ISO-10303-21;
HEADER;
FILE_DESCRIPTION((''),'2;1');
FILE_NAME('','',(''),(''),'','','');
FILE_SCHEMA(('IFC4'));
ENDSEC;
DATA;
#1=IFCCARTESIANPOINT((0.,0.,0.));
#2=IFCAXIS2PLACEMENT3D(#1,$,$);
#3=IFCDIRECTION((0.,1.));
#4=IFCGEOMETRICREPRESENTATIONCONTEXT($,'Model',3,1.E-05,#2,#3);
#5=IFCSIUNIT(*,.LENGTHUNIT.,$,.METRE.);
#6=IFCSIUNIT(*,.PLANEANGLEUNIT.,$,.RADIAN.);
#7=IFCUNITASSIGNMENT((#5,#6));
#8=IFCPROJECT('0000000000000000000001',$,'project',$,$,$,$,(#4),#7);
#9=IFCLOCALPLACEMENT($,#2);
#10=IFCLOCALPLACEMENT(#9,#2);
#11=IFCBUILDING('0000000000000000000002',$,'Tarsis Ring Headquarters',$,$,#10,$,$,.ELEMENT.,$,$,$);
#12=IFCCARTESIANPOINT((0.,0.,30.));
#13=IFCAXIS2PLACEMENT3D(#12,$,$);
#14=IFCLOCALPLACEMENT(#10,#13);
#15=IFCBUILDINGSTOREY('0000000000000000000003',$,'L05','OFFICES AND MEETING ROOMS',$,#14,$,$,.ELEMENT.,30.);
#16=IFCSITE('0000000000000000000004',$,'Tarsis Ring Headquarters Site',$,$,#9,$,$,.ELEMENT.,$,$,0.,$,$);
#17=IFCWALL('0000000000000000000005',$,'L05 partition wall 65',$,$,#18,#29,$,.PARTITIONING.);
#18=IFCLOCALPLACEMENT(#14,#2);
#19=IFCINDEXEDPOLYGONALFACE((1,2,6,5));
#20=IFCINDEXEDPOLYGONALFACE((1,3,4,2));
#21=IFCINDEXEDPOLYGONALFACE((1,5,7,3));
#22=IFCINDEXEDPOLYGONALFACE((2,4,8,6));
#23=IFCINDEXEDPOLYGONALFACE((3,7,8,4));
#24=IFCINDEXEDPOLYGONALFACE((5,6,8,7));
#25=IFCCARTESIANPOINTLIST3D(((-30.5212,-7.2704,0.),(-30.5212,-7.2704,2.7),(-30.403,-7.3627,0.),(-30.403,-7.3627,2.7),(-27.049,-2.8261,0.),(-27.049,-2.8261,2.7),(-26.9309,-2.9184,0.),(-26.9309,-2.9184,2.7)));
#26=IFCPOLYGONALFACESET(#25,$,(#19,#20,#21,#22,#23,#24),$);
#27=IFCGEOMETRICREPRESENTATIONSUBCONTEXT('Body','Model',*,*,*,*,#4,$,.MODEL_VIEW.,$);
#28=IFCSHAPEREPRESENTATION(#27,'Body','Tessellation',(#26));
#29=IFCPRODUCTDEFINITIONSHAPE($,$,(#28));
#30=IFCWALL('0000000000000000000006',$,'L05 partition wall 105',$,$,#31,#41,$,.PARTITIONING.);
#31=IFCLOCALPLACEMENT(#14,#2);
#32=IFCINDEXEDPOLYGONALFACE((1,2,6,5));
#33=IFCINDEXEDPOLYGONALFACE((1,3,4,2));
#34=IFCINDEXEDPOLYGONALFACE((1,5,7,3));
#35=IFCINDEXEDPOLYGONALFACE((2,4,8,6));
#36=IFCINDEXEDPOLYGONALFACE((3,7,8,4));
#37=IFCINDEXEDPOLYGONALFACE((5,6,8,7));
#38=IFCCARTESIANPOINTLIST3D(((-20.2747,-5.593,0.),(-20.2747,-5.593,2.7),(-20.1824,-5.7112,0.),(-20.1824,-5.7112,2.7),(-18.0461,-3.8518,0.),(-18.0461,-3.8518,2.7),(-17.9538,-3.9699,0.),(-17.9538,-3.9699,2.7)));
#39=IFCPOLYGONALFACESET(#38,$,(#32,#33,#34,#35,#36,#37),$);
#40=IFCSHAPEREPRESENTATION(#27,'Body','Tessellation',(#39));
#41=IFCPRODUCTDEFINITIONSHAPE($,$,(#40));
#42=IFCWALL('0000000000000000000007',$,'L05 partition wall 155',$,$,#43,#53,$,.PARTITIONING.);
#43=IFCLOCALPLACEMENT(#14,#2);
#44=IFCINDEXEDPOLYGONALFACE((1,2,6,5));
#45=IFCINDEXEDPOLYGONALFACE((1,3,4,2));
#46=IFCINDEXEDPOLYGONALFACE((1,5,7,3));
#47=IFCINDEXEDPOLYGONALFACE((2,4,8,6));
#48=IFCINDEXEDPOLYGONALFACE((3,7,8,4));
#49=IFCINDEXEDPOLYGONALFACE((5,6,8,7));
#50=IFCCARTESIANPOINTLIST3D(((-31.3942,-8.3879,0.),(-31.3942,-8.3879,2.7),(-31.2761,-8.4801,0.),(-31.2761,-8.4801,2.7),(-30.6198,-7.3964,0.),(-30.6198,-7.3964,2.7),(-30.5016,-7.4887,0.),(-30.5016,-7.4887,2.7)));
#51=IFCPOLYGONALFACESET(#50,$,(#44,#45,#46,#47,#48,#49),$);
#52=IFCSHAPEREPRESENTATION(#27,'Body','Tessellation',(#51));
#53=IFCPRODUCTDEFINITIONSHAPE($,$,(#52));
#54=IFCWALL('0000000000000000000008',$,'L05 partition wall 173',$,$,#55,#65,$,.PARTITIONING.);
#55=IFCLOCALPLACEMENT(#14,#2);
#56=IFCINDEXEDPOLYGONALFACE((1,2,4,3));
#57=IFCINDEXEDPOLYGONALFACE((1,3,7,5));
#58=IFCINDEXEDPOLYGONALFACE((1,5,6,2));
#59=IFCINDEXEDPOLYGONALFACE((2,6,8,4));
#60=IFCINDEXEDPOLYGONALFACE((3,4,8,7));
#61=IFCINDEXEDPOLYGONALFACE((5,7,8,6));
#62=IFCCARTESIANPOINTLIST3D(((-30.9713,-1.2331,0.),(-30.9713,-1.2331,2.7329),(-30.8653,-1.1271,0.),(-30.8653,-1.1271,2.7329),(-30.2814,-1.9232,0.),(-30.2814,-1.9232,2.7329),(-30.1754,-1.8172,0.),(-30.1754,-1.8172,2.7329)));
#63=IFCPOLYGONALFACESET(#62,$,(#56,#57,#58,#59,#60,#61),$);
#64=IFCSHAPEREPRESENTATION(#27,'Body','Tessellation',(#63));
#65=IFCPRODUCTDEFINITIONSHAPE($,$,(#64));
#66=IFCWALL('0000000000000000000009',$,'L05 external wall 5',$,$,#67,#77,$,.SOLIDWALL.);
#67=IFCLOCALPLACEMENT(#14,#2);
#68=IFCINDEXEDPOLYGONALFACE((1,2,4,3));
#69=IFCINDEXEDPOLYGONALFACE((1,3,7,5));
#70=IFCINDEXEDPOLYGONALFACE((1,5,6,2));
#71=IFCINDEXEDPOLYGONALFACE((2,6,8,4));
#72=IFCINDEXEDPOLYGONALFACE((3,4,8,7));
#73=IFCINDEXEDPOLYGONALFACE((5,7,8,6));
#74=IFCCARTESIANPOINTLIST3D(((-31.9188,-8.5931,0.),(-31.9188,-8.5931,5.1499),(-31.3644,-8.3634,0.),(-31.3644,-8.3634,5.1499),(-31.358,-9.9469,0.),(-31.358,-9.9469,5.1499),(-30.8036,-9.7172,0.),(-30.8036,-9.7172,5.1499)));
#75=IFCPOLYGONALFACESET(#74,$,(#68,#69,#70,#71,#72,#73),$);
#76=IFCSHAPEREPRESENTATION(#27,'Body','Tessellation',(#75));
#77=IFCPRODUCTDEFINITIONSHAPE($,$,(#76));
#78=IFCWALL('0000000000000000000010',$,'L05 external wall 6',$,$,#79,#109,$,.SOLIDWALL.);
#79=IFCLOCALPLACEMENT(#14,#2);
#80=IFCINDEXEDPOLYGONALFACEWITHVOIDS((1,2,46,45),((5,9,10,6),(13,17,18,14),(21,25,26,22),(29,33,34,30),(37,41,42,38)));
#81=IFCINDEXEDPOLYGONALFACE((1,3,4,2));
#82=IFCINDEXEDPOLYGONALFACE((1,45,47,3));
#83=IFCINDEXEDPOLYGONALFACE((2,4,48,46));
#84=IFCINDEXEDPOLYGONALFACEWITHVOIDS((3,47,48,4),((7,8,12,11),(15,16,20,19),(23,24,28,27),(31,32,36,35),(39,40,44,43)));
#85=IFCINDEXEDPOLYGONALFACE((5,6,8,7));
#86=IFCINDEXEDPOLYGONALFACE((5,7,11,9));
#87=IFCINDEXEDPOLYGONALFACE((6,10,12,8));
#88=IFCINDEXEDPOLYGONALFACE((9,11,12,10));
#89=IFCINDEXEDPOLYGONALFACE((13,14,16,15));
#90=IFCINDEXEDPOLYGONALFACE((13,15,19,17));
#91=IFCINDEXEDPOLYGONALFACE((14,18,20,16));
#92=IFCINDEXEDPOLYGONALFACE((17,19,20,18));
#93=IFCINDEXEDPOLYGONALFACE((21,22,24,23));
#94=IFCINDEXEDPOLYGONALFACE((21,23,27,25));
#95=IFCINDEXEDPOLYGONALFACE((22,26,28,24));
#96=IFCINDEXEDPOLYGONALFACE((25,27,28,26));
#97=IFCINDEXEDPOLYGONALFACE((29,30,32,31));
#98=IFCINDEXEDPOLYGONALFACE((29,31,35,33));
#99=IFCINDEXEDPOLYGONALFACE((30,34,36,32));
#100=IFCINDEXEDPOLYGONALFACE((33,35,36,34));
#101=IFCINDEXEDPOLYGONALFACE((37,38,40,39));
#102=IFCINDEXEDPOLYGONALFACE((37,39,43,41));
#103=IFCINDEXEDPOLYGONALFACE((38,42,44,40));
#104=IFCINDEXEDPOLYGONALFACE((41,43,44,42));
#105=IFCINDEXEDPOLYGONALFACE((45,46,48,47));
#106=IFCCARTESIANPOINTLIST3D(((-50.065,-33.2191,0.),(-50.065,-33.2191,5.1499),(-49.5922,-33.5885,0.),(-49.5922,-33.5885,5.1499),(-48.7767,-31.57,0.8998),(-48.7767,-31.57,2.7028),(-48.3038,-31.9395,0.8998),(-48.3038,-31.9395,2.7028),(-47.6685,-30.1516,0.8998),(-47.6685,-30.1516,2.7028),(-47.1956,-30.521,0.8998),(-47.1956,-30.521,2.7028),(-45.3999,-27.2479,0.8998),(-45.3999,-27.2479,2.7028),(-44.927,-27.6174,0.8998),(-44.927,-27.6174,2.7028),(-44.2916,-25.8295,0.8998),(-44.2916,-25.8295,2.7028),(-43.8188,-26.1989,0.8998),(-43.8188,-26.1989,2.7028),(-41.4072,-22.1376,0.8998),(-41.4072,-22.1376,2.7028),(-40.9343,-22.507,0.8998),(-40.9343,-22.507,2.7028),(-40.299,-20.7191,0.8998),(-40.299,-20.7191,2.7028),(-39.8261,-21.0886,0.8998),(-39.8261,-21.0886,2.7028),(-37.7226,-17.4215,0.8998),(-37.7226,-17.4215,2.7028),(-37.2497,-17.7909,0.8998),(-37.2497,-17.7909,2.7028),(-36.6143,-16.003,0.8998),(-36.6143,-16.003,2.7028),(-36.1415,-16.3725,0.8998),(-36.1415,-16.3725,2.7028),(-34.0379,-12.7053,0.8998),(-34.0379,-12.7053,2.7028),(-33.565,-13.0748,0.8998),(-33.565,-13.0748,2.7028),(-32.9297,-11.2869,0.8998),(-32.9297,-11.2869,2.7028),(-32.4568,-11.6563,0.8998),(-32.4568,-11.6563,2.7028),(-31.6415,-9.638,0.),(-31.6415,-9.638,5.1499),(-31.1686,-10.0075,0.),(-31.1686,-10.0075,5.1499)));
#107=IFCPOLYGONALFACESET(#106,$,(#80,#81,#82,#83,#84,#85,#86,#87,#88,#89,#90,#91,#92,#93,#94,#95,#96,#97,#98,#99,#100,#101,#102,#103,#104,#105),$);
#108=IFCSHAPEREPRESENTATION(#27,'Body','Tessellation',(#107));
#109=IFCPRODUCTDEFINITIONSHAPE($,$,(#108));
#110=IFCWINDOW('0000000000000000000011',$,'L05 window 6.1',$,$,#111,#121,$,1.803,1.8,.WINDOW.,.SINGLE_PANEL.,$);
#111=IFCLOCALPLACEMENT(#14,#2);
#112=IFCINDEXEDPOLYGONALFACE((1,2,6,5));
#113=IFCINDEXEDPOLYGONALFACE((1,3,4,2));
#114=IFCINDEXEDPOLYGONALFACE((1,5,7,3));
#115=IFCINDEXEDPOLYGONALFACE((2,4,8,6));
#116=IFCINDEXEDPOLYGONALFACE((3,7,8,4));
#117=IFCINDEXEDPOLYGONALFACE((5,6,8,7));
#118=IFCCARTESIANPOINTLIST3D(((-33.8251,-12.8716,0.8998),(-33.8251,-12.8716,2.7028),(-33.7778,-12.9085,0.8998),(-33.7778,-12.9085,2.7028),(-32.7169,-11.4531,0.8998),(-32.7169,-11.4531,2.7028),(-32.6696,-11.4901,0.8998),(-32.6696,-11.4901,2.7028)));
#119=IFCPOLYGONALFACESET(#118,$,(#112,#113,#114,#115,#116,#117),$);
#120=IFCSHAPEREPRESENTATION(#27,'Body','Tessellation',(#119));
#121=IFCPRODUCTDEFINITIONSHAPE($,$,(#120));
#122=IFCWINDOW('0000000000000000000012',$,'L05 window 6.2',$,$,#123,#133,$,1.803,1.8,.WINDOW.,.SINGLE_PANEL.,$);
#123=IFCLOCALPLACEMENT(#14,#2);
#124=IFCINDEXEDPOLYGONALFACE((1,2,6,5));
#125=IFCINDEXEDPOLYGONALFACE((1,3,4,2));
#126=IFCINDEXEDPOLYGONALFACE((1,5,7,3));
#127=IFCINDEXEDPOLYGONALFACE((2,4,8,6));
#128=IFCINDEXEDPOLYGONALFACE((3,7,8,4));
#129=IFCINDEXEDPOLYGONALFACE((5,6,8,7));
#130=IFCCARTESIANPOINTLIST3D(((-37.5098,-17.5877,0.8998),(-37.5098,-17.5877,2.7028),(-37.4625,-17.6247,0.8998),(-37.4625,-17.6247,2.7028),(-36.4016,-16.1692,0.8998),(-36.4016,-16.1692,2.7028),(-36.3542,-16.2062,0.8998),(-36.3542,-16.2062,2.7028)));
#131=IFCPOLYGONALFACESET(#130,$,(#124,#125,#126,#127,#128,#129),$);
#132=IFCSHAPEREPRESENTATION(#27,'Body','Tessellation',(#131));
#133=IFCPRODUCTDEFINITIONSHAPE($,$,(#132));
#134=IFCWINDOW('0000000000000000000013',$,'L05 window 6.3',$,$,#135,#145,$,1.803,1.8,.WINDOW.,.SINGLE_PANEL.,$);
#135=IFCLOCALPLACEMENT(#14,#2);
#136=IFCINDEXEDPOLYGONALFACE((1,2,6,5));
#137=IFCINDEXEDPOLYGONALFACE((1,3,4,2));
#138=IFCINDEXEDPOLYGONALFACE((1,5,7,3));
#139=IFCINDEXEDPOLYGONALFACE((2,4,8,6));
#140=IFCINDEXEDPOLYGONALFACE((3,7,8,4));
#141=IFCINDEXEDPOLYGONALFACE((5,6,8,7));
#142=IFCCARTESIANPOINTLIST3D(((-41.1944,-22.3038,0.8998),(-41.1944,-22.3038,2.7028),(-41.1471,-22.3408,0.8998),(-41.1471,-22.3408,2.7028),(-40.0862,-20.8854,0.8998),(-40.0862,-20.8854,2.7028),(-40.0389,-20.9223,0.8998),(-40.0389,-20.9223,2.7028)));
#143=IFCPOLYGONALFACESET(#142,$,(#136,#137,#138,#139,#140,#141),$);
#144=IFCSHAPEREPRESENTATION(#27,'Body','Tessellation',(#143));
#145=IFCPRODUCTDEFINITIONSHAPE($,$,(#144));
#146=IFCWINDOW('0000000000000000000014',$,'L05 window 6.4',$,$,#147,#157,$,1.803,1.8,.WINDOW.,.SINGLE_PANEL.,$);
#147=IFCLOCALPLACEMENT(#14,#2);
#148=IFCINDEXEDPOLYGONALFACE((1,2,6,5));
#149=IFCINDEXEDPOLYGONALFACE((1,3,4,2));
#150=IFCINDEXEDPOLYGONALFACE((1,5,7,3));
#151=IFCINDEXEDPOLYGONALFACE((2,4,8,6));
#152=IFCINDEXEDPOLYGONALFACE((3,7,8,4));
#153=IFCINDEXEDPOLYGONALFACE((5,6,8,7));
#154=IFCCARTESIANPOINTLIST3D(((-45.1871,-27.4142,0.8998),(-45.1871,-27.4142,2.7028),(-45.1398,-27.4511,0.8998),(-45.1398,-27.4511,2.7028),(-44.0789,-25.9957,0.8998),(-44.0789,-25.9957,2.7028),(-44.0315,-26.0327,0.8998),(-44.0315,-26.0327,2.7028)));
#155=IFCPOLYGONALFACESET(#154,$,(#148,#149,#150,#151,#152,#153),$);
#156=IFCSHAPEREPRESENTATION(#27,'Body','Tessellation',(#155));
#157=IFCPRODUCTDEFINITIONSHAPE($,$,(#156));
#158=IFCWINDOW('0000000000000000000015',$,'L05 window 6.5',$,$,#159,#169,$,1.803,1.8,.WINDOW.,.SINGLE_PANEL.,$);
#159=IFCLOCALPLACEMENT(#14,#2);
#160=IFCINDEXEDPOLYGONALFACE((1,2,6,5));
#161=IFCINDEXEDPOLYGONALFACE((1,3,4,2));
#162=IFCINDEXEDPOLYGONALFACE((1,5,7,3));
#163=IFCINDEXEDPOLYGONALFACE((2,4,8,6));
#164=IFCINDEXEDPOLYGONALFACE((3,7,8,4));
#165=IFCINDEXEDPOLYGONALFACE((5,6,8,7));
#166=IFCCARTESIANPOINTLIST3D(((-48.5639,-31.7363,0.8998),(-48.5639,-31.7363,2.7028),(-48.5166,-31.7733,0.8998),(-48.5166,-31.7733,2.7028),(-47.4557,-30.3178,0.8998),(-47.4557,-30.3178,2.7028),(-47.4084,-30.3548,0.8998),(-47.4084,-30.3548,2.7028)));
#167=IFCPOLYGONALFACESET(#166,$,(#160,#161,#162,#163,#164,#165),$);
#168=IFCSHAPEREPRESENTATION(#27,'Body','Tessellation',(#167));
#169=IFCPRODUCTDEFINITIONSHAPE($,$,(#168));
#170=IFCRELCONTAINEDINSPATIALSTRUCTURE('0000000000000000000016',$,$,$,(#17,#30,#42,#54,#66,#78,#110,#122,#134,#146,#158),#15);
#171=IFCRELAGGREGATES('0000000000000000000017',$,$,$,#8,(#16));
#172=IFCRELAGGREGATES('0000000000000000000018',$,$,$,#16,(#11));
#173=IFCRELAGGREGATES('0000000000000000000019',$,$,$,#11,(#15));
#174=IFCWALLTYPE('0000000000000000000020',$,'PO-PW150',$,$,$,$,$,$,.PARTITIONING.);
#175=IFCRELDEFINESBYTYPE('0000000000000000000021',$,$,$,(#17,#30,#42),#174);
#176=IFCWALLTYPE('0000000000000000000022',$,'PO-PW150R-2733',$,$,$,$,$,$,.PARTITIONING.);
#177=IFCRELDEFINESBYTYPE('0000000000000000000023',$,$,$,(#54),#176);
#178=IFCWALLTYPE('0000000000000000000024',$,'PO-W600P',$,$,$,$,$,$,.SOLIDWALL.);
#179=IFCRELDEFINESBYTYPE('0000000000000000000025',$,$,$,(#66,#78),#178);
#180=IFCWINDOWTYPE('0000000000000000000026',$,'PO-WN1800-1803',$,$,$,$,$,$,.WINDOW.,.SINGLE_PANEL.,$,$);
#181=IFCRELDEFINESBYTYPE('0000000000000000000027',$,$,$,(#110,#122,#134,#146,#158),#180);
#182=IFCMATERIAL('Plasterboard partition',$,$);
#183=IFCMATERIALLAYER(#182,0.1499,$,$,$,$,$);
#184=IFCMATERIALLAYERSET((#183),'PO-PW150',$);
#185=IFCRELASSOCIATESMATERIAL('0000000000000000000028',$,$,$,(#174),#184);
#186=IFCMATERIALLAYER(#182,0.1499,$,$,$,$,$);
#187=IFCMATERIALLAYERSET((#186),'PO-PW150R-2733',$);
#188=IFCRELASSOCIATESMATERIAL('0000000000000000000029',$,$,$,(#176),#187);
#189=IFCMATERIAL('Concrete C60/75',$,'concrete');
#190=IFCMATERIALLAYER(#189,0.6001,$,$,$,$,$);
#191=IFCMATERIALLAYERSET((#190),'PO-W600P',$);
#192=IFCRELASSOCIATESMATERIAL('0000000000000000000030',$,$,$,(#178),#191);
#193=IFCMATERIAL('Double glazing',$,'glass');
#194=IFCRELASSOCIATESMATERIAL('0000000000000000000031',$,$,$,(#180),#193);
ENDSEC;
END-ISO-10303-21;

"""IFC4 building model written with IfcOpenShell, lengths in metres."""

from ifc_helpers import new_model, si_unit, direction, frame, frame_2d, origin, place, context, subcontext, project, spatial, rectangle, extrude, material, layer, layer_set, type_object, element, fill, save


model = new_model("IFC4")

# Units and contexts
model_context = context("Model", 3, precision=1e-05, world=origin(), true_north=direction((0.0, 1.0)))
body_context = subcontext(model_context, "Body", "Model", "MODEL_VIEW")
ifc_project = project(units=[si_unit("LENGTHUNIT", "METRE"), si_unit("PLANEANGLEUNIT", "RADIAN")], contexts=[model_context])

# Site, building, storey
site_placement = place(None, origin())
site = spatial("IfcSite", under=ifc_project, at=site_placement, Name="Tarsis Ring Headquarters Site", CompositionType="ELEMENT", RefElevation=0.0)
building_placement = place(site_placement, origin())
building = spatial("IfcBuilding", under=site, at=building_placement, Name="Tarsis Ring Headquarters", CompositionType="ELEMENT")
storey_placement = place(building_placement, frame((0.0, 0.0, 30.0)))
storey = spatial("IfcBuildingStorey", under=building, at=storey_placement, Name="L05", Description="OFFICES AND MEETING ROOMS", CompositionType="ELEMENT", Elevation=30.0)

# Walls
ifc_material_1 = material(Name="Plasterboard partition")
ifc_layer_1 = layer(ifc_material_1, 0.1499)
ifc_layer_set_1 = layer_set([ifc_layer_1], Name="PO-PW150")
wall_type_1 = type_object("IfcWallType", Name="PO-PW150", PredefinedType="PARTITIONING", material=ifc_layer_set_1)
wall_1_placement = place(storey_placement, frame((-26.99, -2.8723, 0.0), z_axis=(0.0, 0.0, 1.0), x_axis=(-0.615647, -0.788022, 0.0)))
element("IfcWall", 1, at=wall_1_placement, inside=storey, type_object=wall_type_1, Name="L05 partition wall 65", PredefinedType="PARTITIONING", context=body_context, shape_type="SweptSolid", body=[
    extrude(rectangle(XDim=5.6399, YDim=0.1499, at=frame_2d((2.8198, 0.0))), origin(), (0.0, 0.0, 1.0), 2.7),
])
wall_2_placement = place(storey_placement, frame((-20.2285, -5.6521, 0.0), z_axis=(0.0, 0.0, 1.0), x_axis=(0.787993, 0.615684, 0.0)))
element("IfcWall", 2, at=wall_2_placement, inside=storey, type_object=wall_type_1, Name="L05 partition wall 105", PredefinedType="PARTITIONING", context=body_context, shape_type="SweptSolid", body=[
    extrude(rectangle(XDim=2.8281, YDim=0.1499, at=frame_2d((1.4141, 0.0))), origin(), (0.0, 0.0, 1.0), 2.7),
])
wall_3_placement = place(storey_placement, frame((-30.5608, -7.4426, 0.0), z_axis=(0.0, 0.0, 1.0), x_axis=(-0.615565, -0.788086, 0.0)))
element("IfcWall", 3, at=wall_3_placement, inside=storey, type_object=wall_type_1, Name="L05 partition wall 155", PredefinedType="PARTITIONING", context=body_context, shape_type="SweptSolid", body=[
    extrude(rectangle(XDim=1.2581, YDim=0.1499, at=frame_2d((0.6289, 0.0))), origin(), (0.0, 0.0, 1.0), 2.7),
])
ifc_layer_2 = layer(ifc_material_1, 0.1499)
ifc_layer_set_2 = layer_set([ifc_layer_2], Name="PO-PW150R-2733")
wall_type_2 = type_object("IfcWallType", Name="PO-PW150R-2733", PredefinedType="PARTITIONING", material=ifc_layer_set_2)
wall_4_placement = place(storey_placement, frame((-30.2285, -1.8701, 0.0), z_axis=(0.0, 0.0, 1.0), x_axis=(-0.706982, 0.707232, 0.0)))
element("IfcWall", 4, at=wall_4_placement, inside=storey, type_object=wall_type_2, Name="L05 partition wall 173", PredefinedType="PARTITIONING", context=body_context, shape_type="SweptSolid", body=[
    extrude(rectangle(XDim=0.9758, YDim=0.1499, at=frame_2d((0.4878, 0.0))), origin(), (0.0, 0.0, 1.0), 2.7329),
])
ifc_material_2 = material(Name="Concrete C60/75", Category="concrete")
ifc_layer_3 = layer(ifc_material_2, 0.6001)
ifc_layer_set_3 = layer_set([ifc_layer_3], Name="PO-W600P")
wall_type_3 = type_object("IfcWallType", Name="PO-W600P", PredefinedType="SOLIDWALL", material=ifc_layer_set_3)
wall_5_placement = place(storey_placement, frame((-31.6416, -8.4783, 0.0), z_axis=(0.0, 0.0, 1.0), x_axis=(0.38271, -0.923869, 0.0)))
element("IfcWall", 5, at=wall_5_placement, inside=storey, type_object=wall_type_3, Name="L05 external wall 5", PredefinedType="SOLIDWALL", context=body_context, shape_type="SweptSolid", body=[
    extrude(rectangle(XDim=1.4653, YDim=0.6001, at=frame_2d((0.7327, 0.0))), origin(), (0.0, 0.0, 1.0), 5.1499),
])

# Wall, openings, windows
wall_6_placement = place(storey_placement, frame((-31.405, -9.8228, 0.0), z_axis=(0.0, 0.0, 1.0), x_axis=(-0.615662, -0.78801, 0.0)))
wall_6 = element("IfcWall", 6, at=wall_6_placement, inside=storey, type_object=wall_type_3, Name="L05 external wall 6", PredefinedType="SOLIDWALL", context=body_context, shape_type="SweptSolid", body=[
    extrude(rectangle(XDim=29.9248, YDim=0.6001, at=frame_2d((14.9624, 0.0))), origin(), (0.0, 0.0, 1.0), 5.1499),
])
opening_1_placement = place(wall_6_placement, frame((2.0925, 0.0, 0.8999)))
opening_1 = element("IfcOpeningElement", 7, at=opening_1_placement, cuts=wall_6, PredefinedType="OPENING", context=body_context, shape_type="SweptSolid", body=[
    extrude(rectangle(XDim=1.8, YDim=1.803, at=frame_2d((0.8999, 0.9014))), frame((0.0, 0.3101, 0.0), z_axis=(0.0, -1.0, 0.0), x_axis=(1.0, 0.0, 0.0)), (0.0, 0.0, 1.0), 0.6201),
])
opening_2_placement = place(wall_6_placement, frame((8.0774, 0.0, 0.8999)))
opening_2 = element("IfcOpeningElement", 8, at=opening_2_placement, cuts=wall_6, PredefinedType="OPENING", context=body_context, shape_type="SweptSolid", body=[
    extrude(rectangle(XDim=1.8, YDim=1.803, at=frame_2d((0.8999, 0.9014))), frame((0.0, 0.3101, 0.0), z_axis=(0.0, -1.0, 0.0), x_axis=(1.0, 0.0, 0.0)), (0.0, 0.0, 1.0), 0.6201),
])
opening_3_placement = place(wall_6_placement, frame((14.0623, 0.0, 0.8999)))
opening_3 = element("IfcOpeningElement", 9, at=opening_3_placement, cuts=wall_6, PredefinedType="OPENING", context=body_context, shape_type="SweptSolid", body=[
    extrude(rectangle(XDim=1.8, YDim=1.803, at=frame_2d((0.8999, 0.9014))), frame((0.0, 0.3101, 0.0), z_axis=(0.0, -1.0, 0.0), x_axis=(1.0, 0.0, 0.0)), (0.0, 0.0, 1.0), 0.6201),
])
opening_4_placement = place(wall_6_placement, frame((20.5474, 0.0, 0.8999)))
opening_4 = element("IfcOpeningElement", 10, at=opening_4_placement, cuts=wall_6, PredefinedType="OPENING", context=body_context, shape_type="SweptSolid", body=[
    extrude(rectangle(XDim=1.8, YDim=1.803, at=frame_2d((0.8999, 0.9014))), frame((0.0, 0.3101, 0.0), z_axis=(0.0, -1.0, 0.0), x_axis=(1.0, 0.0, 0.0)), (0.0, 0.0, 1.0), 0.6201),
])
opening_5_placement = place(wall_6_placement, frame((26.0322, 0.0, 0.8999)))
opening_5 = element("IfcOpeningElement", 11, at=opening_5_placement, cuts=wall_6, PredefinedType="OPENING", context=body_context, shape_type="SweptSolid", body=[
    extrude(rectangle(XDim=1.8, YDim=1.803, at=frame_2d((0.8999, 0.9014))), frame((0.0, 0.3101, 0.0), z_axis=(0.0, -1.0, 0.0), x_axis=(1.0, 0.0, 0.0)), (0.0, 0.0, 1.0), 0.6201),
])
ifc_material_3 = material(Name="Double glazing", Category="glass")
window_type = type_object("IfcWindowType", Name="PO-WN1800-1803", PartitioningType="SINGLE_PANEL", PredefinedType="WINDOW", material=ifc_material_3)
window_1_placement = place(opening_1_placement, origin())
window_1 = element("IfcWindow", 12, at=window_1_placement, inside=storey, type_object=window_type, Name="L05 window 6.1", OverallHeight=1.803, OverallWidth=1.8, PartitioningType="SINGLE_PANEL", PredefinedType="WINDOW", context=body_context, shape_type="SweptSolid", body=[
    extrude(rectangle(XDim=1.8, YDim=1.803, at=frame_2d((0.8999, 0.9014))), frame((0.0, 0.03, 0.0), z_axis=(0.0, -1.0, 0.0), x_axis=(1.0, 0.0, 0.0)), (0.0, 0.0, 1.0), 0.0601),
])
fill(opening_1, window_1)
window_2_placement = place(opening_2_placement, origin())
window_2 = element("IfcWindow", 13, at=window_2_placement, inside=storey, type_object=window_type, Name="L05 window 6.2", OverallHeight=1.803, OverallWidth=1.8, PartitioningType="SINGLE_PANEL", PredefinedType="WINDOW", context=body_context, shape_type="SweptSolid", body=[
    extrude(rectangle(XDim=1.8, YDim=1.803, at=frame_2d((0.8999, 0.9014))), frame((0.0, 0.03, 0.0), z_axis=(0.0, -1.0, 0.0), x_axis=(1.0, 0.0, 0.0)), (0.0, 0.0, 1.0), 0.0601),
])
fill(opening_2, window_2)
window_3_placement = place(opening_3_placement, origin())
window_3 = element("IfcWindow", 14, at=window_3_placement, inside=storey, type_object=window_type, Name="L05 window 6.3", OverallHeight=1.803, OverallWidth=1.8, PartitioningType="SINGLE_PANEL", PredefinedType="WINDOW", context=body_context, shape_type="SweptSolid", body=[
    extrude(rectangle(XDim=1.8, YDim=1.803, at=frame_2d((0.8999, 0.9014))), frame((0.0, 0.03, 0.0), z_axis=(0.0, -1.0, 0.0), x_axis=(1.0, 0.0, 0.0)), (0.0, 0.0, 1.0), 0.0601),
])
fill(opening_3, window_3)
window_4_placement = place(opening_4_placement, origin())
window_4 = element("IfcWindow", 15, at=window_4_placement, inside=storey, type_object=window_type, Name="L05 window 6.4", OverallHeight=1.803, OverallWidth=1.8, PartitioningType="SINGLE_PANEL", PredefinedType="WINDOW", context=body_context, shape_type="SweptSolid", body=[
    extrude(rectangle(XDim=1.8, YDim=1.803, at=frame_2d((0.8999, 0.9014))), frame((0.0, 0.03, 0.0), z_axis=(0.0, -1.0, 0.0), x_axis=(1.0, 0.0, 0.0)), (0.0, 0.0, 1.0), 0.0601),
])
fill(opening_4, window_4)
window_5_placement = place(opening_5_placement, origin())
window_5 = element("IfcWindow", 16, at=window_5_placement, inside=storey, type_object=window_type, Name="L05 window 6.5", OverallHeight=1.803, OverallWidth=1.8, PartitioningType="SINGLE_PANEL", PredefinedType="WINDOW", context=body_context, shape_type="SweptSolid", body=[
    extrude(rectangle(XDim=1.8, YDim=1.803, at=frame_2d((0.8999, 0.9014))), frame((0.0, 0.03, 0.0), z_axis=(0.0, -1.0, 0.0), x_axis=(1.0, 0.0, 0.0)), (0.0, 0.0, 1.0), 0.0601),
])
fill(opening_5, window_5)

save(model, "model.ifc")
